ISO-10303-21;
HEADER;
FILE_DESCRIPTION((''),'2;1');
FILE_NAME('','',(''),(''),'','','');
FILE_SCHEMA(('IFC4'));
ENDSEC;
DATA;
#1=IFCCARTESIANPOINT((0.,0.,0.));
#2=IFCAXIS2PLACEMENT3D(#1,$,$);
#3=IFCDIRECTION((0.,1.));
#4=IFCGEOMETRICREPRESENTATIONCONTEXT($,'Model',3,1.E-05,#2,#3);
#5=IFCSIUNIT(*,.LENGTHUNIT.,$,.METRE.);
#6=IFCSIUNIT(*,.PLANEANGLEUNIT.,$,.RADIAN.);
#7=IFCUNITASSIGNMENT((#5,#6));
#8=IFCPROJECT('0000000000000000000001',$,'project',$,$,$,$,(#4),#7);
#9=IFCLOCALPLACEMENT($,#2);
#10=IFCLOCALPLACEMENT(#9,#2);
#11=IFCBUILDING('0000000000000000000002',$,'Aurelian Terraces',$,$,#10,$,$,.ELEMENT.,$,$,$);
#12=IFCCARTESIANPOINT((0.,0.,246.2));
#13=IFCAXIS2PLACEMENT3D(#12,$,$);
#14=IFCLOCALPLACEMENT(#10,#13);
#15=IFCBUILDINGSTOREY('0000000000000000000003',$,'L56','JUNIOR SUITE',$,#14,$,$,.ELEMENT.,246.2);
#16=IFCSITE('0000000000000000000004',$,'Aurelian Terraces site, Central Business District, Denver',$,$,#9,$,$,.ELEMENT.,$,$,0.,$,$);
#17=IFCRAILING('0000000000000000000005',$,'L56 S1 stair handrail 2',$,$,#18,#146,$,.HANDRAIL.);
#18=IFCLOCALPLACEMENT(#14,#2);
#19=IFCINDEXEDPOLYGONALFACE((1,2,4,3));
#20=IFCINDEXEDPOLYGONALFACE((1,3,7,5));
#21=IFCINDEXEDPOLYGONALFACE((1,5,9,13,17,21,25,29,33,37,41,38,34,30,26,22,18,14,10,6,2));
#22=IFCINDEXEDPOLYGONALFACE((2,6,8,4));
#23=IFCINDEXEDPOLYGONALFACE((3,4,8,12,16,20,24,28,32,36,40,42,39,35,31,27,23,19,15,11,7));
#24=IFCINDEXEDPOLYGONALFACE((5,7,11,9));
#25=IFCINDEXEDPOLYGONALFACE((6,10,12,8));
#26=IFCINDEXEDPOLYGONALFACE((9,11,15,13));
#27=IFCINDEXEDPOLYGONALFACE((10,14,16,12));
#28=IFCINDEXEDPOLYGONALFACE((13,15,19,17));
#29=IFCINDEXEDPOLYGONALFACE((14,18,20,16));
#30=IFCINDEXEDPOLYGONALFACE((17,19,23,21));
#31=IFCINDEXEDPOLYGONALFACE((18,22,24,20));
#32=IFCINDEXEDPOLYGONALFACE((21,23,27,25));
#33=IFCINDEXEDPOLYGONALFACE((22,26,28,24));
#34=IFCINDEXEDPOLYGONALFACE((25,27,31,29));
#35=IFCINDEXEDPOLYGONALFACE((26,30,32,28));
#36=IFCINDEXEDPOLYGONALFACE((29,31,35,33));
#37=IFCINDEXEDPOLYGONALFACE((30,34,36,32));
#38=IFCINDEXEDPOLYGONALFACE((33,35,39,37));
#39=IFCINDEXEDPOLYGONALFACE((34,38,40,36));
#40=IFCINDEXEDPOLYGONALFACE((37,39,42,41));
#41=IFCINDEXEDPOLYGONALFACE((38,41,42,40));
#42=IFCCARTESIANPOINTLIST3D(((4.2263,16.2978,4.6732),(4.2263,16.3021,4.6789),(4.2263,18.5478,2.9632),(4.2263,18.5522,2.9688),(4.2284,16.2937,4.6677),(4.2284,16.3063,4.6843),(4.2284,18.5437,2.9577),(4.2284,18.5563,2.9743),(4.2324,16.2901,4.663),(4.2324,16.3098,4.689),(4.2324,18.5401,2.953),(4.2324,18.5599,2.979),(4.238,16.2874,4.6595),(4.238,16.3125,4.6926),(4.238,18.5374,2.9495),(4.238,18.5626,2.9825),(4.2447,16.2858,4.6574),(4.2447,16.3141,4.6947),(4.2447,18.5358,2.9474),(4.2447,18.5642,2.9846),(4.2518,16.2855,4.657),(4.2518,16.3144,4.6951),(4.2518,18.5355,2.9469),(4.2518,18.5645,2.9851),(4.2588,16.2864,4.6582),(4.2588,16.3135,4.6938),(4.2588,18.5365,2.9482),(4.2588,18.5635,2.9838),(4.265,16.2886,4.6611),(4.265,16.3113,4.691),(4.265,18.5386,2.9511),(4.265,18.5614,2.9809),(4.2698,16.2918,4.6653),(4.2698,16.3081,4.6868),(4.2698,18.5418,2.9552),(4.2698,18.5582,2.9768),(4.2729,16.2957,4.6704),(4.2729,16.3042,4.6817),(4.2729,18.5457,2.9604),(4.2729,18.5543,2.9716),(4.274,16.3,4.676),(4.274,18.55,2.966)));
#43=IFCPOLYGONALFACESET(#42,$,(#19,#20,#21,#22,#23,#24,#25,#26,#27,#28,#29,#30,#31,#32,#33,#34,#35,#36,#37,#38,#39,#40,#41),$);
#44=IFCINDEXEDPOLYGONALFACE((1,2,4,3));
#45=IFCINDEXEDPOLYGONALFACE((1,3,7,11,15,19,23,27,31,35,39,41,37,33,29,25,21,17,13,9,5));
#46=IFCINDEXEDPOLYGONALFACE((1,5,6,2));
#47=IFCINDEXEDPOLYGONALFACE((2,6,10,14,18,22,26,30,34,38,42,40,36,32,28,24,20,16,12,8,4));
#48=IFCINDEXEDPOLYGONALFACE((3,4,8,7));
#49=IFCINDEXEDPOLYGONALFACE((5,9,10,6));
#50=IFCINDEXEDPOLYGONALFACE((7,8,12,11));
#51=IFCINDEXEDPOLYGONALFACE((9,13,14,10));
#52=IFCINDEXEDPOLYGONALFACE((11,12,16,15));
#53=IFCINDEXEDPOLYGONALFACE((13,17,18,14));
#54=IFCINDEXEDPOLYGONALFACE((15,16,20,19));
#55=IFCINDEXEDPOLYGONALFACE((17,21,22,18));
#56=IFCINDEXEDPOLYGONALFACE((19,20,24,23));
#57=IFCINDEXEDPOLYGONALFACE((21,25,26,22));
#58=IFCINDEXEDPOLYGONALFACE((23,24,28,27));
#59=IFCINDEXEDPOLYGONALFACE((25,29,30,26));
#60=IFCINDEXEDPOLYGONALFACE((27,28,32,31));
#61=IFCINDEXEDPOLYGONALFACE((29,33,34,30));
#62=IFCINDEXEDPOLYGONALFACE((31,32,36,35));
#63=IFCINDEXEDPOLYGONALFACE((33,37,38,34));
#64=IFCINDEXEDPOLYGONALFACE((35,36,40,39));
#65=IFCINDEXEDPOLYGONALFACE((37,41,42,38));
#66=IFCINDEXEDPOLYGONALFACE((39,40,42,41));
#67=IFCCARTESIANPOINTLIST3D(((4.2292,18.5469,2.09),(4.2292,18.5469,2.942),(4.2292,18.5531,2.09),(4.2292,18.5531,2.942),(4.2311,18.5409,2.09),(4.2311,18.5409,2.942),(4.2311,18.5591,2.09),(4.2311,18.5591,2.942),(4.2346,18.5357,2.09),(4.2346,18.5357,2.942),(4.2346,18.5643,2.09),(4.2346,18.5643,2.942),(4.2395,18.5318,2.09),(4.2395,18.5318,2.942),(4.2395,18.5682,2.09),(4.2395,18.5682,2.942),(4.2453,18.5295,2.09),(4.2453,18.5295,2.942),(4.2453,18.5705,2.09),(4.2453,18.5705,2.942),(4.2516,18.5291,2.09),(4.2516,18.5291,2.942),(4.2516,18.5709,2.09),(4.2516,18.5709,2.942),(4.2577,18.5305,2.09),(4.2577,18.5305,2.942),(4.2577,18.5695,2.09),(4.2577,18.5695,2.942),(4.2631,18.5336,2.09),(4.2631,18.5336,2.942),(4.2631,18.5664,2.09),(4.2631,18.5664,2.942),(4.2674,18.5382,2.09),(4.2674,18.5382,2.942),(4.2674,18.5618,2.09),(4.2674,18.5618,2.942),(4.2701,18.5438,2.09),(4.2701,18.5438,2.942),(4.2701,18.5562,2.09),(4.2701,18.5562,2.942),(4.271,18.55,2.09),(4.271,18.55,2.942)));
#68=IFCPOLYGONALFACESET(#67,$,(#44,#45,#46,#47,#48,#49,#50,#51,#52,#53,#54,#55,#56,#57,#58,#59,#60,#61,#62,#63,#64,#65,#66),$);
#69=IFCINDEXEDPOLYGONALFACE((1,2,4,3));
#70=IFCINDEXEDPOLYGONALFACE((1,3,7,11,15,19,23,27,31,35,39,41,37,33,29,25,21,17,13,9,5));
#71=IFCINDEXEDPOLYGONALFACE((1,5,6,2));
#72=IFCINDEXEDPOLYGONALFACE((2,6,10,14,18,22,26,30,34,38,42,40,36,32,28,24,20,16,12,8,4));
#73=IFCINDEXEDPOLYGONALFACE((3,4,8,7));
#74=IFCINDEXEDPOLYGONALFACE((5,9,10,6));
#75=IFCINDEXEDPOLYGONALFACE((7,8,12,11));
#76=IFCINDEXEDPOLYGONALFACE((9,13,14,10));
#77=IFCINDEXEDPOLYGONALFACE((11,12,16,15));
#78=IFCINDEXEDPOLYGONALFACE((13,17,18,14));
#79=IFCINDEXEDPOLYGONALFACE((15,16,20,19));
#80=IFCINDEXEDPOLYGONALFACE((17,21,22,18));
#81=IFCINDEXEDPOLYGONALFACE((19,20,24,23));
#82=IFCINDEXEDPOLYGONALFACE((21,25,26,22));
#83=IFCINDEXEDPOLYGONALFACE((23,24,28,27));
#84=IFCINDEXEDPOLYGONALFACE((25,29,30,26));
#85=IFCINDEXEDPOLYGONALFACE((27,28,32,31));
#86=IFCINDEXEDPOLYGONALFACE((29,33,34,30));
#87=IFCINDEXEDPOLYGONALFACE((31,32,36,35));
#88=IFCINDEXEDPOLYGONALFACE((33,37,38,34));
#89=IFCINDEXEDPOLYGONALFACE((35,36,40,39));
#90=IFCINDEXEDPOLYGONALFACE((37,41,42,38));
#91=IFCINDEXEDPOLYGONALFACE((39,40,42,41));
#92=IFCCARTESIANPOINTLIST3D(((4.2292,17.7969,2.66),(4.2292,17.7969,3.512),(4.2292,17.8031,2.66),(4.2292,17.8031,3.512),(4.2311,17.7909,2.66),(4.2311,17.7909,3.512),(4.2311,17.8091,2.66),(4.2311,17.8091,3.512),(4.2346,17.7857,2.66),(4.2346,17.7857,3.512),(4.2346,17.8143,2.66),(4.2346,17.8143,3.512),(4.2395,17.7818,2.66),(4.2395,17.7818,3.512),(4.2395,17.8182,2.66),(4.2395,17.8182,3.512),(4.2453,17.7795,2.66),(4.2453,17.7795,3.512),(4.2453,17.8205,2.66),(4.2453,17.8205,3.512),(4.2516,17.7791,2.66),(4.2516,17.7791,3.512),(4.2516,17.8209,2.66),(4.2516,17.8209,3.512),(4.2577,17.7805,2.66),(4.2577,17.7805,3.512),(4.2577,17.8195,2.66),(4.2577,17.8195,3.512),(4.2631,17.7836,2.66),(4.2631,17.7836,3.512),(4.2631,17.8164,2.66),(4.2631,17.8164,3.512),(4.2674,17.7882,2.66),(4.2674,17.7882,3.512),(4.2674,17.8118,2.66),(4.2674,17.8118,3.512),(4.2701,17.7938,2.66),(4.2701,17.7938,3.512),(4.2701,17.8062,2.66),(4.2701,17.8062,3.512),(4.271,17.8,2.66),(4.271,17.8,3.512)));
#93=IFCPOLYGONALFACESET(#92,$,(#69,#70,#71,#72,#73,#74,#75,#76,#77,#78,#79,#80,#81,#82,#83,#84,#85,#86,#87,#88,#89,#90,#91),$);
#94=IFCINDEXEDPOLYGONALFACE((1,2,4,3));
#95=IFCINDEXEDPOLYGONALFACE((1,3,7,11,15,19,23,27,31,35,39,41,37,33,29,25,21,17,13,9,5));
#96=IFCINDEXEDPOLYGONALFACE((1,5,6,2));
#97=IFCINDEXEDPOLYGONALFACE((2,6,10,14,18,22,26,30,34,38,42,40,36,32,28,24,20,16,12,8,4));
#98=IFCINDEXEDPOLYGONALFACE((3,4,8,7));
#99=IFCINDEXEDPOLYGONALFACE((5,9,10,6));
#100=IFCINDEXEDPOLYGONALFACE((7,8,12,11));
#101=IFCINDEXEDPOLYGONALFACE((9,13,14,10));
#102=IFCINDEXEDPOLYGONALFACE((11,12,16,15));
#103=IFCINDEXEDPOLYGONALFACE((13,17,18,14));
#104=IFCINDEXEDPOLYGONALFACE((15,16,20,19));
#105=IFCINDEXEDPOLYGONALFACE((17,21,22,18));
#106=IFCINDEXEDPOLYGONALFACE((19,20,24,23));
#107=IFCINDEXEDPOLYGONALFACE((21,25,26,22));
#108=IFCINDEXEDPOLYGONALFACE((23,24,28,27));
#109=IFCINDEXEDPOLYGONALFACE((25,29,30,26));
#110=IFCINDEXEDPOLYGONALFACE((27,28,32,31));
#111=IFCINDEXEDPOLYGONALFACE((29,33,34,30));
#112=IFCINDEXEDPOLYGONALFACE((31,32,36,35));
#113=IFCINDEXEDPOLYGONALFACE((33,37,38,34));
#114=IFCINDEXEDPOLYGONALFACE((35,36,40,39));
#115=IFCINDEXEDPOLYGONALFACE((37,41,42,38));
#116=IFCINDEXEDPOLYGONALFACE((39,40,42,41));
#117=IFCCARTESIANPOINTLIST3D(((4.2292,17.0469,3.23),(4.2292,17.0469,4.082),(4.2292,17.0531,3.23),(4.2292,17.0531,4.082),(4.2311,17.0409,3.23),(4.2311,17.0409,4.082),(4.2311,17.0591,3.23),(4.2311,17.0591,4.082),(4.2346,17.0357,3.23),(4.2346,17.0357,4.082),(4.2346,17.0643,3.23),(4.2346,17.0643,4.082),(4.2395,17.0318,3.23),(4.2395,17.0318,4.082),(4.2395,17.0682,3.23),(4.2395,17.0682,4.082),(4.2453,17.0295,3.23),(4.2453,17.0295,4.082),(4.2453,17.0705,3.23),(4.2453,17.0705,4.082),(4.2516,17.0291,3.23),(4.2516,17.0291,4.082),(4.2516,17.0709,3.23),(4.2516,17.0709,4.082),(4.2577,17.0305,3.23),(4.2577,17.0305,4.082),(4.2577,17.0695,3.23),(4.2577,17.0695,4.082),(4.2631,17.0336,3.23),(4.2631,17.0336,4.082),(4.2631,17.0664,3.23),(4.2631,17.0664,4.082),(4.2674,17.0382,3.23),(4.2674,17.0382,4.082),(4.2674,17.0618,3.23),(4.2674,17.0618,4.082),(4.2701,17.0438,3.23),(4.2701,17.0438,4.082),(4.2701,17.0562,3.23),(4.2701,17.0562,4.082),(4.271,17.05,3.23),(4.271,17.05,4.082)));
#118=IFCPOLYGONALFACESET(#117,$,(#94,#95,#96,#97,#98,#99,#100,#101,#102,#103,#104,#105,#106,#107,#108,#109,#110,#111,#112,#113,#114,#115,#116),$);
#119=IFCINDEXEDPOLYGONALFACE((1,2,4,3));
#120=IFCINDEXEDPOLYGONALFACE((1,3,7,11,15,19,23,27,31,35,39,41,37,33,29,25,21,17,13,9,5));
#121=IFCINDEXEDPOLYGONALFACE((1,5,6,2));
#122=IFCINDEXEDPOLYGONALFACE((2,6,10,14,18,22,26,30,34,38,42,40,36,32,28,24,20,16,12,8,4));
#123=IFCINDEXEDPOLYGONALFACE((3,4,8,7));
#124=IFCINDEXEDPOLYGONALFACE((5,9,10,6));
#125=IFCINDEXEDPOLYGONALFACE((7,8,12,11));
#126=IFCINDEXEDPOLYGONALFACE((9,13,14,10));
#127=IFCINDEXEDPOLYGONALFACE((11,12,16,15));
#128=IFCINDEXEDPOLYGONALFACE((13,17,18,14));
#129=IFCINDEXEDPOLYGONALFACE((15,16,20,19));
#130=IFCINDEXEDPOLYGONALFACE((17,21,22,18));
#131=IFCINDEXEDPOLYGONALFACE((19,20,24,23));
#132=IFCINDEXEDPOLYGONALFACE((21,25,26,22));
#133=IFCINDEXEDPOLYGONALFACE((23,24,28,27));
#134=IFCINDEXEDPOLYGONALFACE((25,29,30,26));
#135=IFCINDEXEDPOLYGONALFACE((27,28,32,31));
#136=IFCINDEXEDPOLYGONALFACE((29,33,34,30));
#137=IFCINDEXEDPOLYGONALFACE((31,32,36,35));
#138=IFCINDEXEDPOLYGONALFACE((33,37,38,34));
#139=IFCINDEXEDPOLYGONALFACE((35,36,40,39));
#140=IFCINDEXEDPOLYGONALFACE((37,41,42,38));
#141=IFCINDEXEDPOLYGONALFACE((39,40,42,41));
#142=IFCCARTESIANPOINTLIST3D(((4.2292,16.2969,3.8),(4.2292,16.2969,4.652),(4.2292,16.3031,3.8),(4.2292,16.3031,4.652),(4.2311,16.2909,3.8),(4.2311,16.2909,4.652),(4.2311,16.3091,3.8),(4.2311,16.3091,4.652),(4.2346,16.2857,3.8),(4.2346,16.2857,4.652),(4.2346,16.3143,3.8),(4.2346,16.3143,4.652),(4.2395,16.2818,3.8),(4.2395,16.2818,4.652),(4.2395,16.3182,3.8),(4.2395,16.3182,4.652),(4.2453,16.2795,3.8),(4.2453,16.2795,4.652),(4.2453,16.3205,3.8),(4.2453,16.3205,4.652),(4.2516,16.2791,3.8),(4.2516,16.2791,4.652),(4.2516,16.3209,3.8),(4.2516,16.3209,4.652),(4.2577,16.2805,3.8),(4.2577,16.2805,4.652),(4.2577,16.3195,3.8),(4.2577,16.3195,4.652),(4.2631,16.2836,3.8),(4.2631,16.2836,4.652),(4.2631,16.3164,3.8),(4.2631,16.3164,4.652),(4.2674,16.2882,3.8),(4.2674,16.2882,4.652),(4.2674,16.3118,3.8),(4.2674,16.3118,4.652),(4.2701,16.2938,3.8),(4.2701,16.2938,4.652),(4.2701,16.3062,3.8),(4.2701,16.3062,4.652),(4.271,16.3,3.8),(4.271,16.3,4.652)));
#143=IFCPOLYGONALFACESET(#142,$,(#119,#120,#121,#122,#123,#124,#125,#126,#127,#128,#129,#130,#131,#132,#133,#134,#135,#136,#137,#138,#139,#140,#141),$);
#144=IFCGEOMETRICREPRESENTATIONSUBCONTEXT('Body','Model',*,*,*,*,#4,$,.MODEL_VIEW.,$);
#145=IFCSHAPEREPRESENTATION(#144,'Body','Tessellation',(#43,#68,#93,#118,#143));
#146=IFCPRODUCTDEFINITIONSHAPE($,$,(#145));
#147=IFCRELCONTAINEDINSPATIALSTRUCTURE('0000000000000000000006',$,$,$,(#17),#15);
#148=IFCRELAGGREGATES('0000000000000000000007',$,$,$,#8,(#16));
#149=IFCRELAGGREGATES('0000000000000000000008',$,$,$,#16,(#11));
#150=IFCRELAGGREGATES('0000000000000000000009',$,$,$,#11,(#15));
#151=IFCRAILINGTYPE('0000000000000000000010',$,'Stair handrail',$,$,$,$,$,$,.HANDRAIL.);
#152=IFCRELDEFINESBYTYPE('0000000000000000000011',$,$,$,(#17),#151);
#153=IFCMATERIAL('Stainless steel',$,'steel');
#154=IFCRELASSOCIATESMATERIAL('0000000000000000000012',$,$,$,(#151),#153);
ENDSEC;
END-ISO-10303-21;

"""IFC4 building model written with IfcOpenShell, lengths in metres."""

from ifc_helpers import new_model, si_unit, direction, frame, origin, origin_2d, place, context, subcontext, project, spatial, circle, extrude, source, transform, mapped, material, type_object, element, save


model = new_model("IFC4")

# Units and contexts
model_context = context("Model", 3, precision=1e-05, world=origin(), true_north=direction((0.0, 1.0)))
body_context = subcontext(model_context, "Body", "Model", "MODEL_VIEW")
ifc_project = project(units=[si_unit("LENGTHUNIT", "METRE"), si_unit("PLANEANGLEUNIT", "RADIAN")], contexts=[model_context])

# Site, building, storey
site_placement = place(None, origin())
site = spatial("IfcSite", under=ifc_project, at=site_placement, Name="Aurelian Terraces site, Central Business District, Denver", CompositionType="ELEMENT", RefElevation=0.0)
building_placement = place(site_placement, origin())
building = spatial("IfcBuilding", under=site, at=building_placement, Name="Aurelian Terraces", CompositionType="ELEMENT")
storey_placement = place(building_placement, frame((0.0, 0.0, 246.2)))
storey = spatial("IfcBuildingStorey", under=building, at=storey_placement, Name="L56", Description="JUNIOR SUITE", CompositionType="ELEMENT", Elevation=246.2)

# Railing
ifc_material_1 = material(Name="Stainless steel", Category="steel")
railing_type_1 = type_object("IfcRailingType", Name="Stair handrail", PredefinedType="HANDRAIL", material=ifc_material_1)
shared_shape_1 = source(origin(), body_context, "Body", "SweptSolid", [
    extrude(circle(Radius=0.024, at=origin_2d()), frame((0.0, 0.0, 0.876), z_axis=(0.0, -0.796162, 0.605083), x_axis=(1.0, 0.0, 0.0)), (0.0, 0.0, 1.0), 2.8261),
    extrude(circle(Radius=0.021, at=origin_2d()), origin(), (0.0, 0.0, 1.0), 0.852),
    extrude(circle(Radius=0.021, at=origin_2d()), frame((0.0, -0.75, 0.57)), (0.0, 0.0, 1.0), 0.852),
    extrude(circle(Radius=0.021, at=origin_2d()), frame((0.0, -1.5, 1.14)), (0.0, 0.0, 1.0), 0.852),
    extrude(circle(Radius=0.021, at=origin_2d()), frame((0.0, -2.25, 1.71)), (0.0, 0.0, 1.0), 0.852),
])
railing_1_placement = place(storey_placement, frame((4.25, 18.55, 2.09)))
element("IfcRailing", 1, at=railing_1_placement, inside=storey, type_object=railing_type_1, Name="L56 S1 stair handrail 2", PredefinedType="HANDRAIL", context=body_context, shape_type="MappedRepresentation", body=[
    mapped(shared_shape_1, transform((0.0, 0.0, 0.0), scale=1.0)),
])

save(model, "model.ifc")
